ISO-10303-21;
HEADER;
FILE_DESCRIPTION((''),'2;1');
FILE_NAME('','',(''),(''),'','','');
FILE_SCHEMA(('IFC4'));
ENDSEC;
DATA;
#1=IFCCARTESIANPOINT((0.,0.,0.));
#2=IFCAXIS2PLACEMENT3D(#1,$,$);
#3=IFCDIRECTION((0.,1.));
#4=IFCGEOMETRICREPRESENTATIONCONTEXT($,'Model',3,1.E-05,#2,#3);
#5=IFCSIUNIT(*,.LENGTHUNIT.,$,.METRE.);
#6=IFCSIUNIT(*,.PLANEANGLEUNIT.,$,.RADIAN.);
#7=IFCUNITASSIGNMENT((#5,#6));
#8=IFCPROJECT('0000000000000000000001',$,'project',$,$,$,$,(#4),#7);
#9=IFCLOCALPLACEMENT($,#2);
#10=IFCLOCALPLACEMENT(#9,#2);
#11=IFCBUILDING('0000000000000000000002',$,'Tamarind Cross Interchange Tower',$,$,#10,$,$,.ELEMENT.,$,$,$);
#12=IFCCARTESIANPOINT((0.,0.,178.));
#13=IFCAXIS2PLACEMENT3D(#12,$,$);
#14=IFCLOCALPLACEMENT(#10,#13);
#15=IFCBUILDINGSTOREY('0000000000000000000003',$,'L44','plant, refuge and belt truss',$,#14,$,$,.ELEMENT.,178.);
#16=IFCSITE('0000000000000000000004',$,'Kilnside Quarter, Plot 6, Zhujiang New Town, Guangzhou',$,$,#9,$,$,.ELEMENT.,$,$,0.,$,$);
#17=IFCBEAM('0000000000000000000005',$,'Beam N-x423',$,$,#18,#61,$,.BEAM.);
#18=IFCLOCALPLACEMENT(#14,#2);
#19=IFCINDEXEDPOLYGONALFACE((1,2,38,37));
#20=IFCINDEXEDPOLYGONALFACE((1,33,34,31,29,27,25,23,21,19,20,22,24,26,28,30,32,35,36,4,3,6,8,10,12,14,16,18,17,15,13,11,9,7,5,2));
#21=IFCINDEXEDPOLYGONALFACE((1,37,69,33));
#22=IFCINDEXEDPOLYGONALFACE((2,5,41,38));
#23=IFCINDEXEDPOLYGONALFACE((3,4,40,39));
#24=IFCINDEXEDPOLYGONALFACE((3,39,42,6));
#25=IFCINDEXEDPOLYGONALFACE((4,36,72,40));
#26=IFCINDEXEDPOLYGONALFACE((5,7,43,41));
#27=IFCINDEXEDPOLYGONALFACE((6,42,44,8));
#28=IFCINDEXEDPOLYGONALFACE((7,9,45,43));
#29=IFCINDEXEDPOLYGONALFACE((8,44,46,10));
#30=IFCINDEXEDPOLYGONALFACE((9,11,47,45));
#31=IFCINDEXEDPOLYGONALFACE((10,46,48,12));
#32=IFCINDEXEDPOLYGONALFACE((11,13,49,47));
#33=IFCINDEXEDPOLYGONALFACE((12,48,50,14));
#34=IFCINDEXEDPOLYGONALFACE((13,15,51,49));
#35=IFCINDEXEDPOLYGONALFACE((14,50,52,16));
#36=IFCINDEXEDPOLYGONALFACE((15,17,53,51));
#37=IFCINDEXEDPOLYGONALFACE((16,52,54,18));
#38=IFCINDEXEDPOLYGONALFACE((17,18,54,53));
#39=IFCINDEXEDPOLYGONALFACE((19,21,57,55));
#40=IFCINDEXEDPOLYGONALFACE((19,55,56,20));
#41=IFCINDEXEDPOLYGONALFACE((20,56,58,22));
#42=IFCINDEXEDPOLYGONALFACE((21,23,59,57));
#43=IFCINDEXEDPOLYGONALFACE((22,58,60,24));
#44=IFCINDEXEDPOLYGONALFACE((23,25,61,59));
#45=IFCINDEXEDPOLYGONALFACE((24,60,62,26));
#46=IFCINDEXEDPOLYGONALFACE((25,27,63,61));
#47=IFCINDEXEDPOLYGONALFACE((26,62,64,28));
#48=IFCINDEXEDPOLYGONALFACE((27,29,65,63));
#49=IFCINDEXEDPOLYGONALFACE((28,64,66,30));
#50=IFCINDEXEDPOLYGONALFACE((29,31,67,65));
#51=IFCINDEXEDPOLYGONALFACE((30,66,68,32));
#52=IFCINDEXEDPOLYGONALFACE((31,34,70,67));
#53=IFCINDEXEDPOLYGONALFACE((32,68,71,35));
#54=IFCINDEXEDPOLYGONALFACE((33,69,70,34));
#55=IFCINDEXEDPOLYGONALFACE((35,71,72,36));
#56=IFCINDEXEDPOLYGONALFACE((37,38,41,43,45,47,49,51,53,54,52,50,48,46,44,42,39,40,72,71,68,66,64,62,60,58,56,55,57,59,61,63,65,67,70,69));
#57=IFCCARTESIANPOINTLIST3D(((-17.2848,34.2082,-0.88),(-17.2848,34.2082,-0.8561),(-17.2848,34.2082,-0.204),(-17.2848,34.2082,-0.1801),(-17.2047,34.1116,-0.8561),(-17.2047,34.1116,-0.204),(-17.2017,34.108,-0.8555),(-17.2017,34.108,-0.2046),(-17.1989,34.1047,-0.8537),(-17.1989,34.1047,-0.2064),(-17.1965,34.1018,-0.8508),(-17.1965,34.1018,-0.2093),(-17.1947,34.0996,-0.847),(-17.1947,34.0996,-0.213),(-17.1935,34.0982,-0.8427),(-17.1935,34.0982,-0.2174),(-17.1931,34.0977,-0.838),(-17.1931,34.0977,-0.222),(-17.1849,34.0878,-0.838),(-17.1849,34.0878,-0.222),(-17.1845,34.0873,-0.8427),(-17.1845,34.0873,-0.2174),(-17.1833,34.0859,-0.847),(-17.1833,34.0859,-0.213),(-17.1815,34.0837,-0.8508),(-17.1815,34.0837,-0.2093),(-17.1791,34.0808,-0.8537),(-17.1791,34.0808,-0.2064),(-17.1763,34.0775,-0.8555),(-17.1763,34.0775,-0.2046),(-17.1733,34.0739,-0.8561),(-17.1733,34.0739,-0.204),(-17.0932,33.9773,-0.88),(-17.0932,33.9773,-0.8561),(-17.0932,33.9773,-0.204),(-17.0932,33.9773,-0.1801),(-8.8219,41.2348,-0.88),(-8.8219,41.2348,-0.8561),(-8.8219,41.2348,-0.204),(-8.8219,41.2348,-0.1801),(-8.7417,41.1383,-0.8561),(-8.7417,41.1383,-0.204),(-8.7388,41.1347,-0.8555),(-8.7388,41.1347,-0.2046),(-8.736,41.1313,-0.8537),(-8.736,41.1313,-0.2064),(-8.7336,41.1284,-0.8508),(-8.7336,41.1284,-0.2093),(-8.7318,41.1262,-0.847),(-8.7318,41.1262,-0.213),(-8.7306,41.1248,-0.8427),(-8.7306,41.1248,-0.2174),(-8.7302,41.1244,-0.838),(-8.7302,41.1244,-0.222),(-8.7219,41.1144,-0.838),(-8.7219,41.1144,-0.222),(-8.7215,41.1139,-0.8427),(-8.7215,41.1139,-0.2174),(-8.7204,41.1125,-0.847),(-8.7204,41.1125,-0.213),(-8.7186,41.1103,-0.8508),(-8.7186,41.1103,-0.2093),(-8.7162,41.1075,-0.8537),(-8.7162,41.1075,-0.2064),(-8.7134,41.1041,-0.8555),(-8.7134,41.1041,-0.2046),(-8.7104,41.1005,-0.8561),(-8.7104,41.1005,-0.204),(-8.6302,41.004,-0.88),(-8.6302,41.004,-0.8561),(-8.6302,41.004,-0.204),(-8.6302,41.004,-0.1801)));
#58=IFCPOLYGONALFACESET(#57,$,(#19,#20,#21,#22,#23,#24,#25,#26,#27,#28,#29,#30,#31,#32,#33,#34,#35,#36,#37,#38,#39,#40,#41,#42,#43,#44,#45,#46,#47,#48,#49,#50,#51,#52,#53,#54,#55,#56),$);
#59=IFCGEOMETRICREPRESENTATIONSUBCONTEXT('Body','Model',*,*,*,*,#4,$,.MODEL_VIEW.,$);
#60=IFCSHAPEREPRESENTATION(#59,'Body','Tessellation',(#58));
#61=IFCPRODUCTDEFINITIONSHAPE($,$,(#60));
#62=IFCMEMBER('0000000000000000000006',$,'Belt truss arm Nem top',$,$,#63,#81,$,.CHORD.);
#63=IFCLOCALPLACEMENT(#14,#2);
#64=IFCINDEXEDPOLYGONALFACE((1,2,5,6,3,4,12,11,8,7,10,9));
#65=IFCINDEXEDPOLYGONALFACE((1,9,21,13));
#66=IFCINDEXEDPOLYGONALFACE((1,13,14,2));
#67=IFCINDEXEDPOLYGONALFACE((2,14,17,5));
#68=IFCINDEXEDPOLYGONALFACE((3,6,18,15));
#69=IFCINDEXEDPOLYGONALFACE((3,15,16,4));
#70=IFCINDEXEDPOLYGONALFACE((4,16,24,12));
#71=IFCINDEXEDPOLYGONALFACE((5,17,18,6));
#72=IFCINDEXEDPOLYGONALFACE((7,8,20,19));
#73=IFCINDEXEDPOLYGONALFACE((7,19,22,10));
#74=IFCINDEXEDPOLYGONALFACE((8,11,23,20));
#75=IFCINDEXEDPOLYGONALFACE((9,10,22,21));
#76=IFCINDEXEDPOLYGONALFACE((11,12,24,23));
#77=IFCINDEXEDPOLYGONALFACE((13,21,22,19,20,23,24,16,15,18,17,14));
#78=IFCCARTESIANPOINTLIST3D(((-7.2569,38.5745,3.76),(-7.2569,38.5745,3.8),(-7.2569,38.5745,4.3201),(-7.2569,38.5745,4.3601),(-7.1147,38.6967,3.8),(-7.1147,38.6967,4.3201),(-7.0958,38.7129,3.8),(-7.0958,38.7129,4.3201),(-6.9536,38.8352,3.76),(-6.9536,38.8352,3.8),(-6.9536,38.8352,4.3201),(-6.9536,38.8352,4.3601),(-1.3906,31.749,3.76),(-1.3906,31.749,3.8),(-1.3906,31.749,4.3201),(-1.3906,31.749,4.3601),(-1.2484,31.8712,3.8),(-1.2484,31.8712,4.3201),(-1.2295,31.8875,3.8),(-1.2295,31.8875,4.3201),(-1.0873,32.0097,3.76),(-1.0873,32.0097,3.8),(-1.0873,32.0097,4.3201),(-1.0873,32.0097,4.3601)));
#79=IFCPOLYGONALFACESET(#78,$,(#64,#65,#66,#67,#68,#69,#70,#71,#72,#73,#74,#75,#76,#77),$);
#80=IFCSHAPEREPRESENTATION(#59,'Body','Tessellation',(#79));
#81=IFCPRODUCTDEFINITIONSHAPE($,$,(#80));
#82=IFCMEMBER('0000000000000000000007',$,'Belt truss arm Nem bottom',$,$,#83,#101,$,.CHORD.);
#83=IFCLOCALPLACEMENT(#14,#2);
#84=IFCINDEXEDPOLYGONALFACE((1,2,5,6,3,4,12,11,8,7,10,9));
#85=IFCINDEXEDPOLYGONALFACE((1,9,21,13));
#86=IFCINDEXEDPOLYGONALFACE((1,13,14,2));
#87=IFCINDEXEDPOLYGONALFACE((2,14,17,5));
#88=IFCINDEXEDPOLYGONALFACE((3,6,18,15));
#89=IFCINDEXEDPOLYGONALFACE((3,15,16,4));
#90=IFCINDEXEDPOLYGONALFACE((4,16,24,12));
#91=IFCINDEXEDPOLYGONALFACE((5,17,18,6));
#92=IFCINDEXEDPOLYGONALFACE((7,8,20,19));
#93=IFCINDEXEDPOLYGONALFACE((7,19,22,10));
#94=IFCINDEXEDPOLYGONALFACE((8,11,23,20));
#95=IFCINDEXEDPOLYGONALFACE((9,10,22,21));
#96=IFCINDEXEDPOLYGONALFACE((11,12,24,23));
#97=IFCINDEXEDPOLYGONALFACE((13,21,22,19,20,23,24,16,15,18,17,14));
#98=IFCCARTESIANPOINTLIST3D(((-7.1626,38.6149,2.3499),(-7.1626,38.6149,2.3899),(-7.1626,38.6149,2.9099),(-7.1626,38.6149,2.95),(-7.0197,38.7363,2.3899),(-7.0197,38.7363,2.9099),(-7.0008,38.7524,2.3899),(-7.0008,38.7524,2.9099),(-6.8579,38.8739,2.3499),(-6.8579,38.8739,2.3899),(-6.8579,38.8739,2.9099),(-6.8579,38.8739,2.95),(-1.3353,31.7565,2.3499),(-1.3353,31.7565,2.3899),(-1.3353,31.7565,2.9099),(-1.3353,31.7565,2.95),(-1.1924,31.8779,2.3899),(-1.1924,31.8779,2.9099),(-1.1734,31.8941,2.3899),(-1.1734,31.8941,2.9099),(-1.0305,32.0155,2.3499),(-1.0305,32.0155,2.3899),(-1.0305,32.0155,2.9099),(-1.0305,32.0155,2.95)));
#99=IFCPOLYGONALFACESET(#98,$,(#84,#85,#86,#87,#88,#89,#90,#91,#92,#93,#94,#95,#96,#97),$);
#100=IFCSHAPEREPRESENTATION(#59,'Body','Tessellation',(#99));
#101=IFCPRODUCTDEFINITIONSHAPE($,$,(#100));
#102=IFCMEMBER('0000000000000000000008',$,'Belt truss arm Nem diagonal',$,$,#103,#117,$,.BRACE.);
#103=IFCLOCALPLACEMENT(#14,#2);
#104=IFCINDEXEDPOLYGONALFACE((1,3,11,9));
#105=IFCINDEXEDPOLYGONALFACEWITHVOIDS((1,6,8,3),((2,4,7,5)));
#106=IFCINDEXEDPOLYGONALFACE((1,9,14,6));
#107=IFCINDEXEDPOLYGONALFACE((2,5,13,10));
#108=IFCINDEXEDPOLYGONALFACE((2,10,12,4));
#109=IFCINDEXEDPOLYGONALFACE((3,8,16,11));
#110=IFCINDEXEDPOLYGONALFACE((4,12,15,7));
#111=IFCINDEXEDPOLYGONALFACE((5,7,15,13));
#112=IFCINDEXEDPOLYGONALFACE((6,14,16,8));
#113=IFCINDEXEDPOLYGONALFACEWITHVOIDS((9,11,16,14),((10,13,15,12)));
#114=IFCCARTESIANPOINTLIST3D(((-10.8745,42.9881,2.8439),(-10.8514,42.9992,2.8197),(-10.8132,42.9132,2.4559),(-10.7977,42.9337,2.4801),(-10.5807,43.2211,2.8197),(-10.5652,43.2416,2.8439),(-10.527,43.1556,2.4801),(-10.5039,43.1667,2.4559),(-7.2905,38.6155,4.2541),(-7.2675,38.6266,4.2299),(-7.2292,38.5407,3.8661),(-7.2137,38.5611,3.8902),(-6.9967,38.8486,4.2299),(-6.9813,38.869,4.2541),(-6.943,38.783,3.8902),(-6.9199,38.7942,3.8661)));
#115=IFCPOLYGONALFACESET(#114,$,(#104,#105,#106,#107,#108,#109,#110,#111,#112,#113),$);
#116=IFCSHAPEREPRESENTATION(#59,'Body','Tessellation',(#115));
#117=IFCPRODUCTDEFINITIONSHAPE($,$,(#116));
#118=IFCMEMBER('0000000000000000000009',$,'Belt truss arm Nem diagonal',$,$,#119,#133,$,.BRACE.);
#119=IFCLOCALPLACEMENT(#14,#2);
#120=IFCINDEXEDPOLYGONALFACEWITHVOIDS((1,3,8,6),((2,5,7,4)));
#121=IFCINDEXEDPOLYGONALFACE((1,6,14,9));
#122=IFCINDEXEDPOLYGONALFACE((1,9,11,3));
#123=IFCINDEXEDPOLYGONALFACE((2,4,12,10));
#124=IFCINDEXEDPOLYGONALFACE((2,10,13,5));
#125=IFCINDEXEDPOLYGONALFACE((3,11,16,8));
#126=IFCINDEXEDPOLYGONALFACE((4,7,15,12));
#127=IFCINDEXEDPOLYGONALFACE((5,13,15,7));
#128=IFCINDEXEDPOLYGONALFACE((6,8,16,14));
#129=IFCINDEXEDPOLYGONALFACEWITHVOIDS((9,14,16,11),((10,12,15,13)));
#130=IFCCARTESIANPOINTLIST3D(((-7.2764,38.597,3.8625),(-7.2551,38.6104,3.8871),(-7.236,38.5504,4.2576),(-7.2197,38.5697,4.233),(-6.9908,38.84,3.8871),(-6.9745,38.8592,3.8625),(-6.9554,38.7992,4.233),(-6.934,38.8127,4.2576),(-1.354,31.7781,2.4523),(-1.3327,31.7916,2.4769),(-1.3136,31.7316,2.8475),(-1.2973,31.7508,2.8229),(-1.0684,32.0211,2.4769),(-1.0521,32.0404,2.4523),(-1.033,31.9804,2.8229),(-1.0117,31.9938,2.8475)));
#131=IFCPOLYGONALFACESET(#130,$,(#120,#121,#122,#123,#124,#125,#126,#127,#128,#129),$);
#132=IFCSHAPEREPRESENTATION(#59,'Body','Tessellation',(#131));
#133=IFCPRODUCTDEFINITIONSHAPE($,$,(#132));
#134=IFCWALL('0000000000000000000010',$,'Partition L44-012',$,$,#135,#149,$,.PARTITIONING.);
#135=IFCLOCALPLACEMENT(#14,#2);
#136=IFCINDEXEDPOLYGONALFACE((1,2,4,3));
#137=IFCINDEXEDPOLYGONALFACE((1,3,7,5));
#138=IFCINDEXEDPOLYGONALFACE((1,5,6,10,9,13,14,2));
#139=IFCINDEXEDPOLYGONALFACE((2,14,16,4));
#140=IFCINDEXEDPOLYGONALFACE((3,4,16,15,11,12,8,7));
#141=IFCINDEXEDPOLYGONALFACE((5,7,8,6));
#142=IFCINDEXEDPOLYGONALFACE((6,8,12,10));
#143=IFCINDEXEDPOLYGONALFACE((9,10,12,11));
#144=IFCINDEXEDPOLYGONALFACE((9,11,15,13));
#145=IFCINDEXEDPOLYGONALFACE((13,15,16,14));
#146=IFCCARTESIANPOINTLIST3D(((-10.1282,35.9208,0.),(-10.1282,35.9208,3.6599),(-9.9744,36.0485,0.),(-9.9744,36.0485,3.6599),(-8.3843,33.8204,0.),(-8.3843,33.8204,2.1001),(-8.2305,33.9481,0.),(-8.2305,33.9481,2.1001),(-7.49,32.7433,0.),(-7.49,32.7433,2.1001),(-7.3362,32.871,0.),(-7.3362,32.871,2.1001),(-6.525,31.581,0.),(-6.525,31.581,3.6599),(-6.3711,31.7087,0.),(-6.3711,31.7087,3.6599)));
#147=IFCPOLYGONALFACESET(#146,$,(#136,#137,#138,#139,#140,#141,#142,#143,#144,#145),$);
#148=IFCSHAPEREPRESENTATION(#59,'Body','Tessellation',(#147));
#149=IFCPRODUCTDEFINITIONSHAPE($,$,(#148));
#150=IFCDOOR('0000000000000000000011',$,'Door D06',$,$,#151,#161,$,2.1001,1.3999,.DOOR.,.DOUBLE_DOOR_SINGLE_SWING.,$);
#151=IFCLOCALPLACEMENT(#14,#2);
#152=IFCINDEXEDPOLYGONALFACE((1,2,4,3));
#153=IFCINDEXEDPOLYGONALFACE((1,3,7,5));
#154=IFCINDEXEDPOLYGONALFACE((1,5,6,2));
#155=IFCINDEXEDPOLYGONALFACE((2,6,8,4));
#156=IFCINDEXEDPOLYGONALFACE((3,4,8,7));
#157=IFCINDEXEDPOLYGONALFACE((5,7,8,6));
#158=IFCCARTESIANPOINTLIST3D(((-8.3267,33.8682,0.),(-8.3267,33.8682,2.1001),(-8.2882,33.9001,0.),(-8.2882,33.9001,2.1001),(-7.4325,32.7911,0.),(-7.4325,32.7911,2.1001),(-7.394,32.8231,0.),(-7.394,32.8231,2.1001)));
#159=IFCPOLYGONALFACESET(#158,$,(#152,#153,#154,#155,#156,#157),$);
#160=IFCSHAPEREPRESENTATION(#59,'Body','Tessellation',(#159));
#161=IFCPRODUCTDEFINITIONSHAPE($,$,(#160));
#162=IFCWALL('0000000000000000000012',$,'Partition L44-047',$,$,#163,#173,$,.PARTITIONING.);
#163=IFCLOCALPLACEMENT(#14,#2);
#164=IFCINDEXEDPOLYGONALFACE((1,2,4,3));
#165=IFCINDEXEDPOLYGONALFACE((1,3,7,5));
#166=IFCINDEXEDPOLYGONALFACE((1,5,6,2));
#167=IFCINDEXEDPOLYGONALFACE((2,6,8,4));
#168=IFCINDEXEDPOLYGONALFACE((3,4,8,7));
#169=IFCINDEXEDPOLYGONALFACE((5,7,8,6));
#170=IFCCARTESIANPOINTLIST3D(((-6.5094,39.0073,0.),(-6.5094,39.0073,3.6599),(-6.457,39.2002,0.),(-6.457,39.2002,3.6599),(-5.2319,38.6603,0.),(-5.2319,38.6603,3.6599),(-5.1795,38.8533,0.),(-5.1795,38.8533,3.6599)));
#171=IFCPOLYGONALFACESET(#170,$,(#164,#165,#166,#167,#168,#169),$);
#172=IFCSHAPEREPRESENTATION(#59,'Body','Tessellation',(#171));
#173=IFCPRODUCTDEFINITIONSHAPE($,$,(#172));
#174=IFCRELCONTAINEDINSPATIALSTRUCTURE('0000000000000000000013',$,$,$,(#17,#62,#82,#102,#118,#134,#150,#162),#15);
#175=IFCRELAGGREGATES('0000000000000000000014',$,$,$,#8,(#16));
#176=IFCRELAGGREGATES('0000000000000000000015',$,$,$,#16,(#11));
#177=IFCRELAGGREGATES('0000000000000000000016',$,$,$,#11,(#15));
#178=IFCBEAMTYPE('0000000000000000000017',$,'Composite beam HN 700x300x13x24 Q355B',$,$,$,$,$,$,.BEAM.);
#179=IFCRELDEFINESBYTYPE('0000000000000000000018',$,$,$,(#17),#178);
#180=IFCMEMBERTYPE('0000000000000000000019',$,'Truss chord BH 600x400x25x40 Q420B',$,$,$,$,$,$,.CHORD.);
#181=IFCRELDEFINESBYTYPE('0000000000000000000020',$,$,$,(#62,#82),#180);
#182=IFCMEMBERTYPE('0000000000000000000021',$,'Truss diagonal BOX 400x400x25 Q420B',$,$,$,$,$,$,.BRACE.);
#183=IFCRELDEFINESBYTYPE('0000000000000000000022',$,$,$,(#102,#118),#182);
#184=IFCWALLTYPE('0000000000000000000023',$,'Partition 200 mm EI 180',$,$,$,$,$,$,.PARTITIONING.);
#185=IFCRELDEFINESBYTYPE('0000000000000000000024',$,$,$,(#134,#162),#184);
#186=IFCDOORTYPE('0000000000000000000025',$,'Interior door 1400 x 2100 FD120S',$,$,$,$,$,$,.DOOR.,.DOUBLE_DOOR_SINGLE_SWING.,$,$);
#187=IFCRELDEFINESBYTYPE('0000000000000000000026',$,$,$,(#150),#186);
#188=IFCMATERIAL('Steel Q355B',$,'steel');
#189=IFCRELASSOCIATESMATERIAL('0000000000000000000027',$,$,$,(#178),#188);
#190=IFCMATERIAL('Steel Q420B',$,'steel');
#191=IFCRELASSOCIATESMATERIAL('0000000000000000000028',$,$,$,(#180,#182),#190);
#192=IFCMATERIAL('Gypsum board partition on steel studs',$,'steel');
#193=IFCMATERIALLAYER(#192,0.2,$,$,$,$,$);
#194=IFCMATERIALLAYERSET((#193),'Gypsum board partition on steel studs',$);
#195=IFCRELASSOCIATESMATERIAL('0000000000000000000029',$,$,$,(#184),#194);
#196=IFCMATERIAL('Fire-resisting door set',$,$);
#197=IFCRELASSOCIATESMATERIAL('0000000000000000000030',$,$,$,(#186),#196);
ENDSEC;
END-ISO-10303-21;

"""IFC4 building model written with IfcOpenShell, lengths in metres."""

from ifc_helpers import new_model, si_unit, direction, frame, frame_2d, origin, origin_2d, place, context, subcontext, project, spatial, rectangle, hollow_rectangle, i_section, extrude, material, layer, layer_set, material_profile, profile_set, type_object, element, fill, save


model = new_model("IFC4")

# Units and contexts
model_context = context("Model", 3, precision=1e-05, world=origin(), true_north=direction((0.0, 1.0)))
body_context = subcontext(model_context, "Body", "Model", "MODEL_VIEW")
ifc_project = project(units=[si_unit("LENGTHUNIT", "METRE"), si_unit("PLANEANGLEUNIT", "RADIAN")], contexts=[model_context])

# Site, building, storey
site_placement = place(None, origin())
site = spatial("IfcSite", under=ifc_project, at=site_placement, Name="Kilnside Quarter, Plot 6, Zhujiang New Town, Guangzhou", CompositionType="ELEMENT", RefElevation=0.0)
building_placement = place(site_placement, origin())
building = spatial("IfcBuilding", under=site, at=building_placement, Name="Tamarind Cross Interchange Tower", CompositionType="ELEMENT")
storey_placement = place(building_placement, frame((0.0, 0.0, 178.0)))
storey = spatial("IfcBuildingStorey", under=building, at=storey_placement, Name="L44", Description="plant, refuge and belt truss", CompositionType="ELEMENT", Elevation=178.0)

# Beam
ifc_material_1 = material(Name="Steel Q355B", Category="steel")
ifc_material_profile_1 = material_profile(ifc_material_1, i_section(OverallWidth=0.3, OverallDepth=0.7, WebThickness=0.0129, FlangeThickness=0.0239, FilletRadius=0.0181, at=origin_2d()), Name="HN 700x300x13x24")
ifc_profile_set_1 = profile_set([ifc_material_profile_1], Name="Steel Q355B")
beam_type_1 = type_object("IfcBeamType", Name="Composite beam HN 700x300x13x24 Q355B", PredefinedType="BEAM", material=ifc_profile_set_1)
beam_1_placement = place(storey_placement, frame((-8.7261, 41.1194, -0.53), z_axis=(-0.769373, -0.638799, 0.0), x_axis=(0.638799, -0.769373, 0.0)))
element("IfcBeam", 1, at=beam_1_placement, inside=storey, type_object=beam_type_1, Name="Beam N-x423", PredefinedType="BEAM", context=body_context, shape_type="SweptSolid", body=[
    extrude(i_section(OverallWidth=0.3, OverallDepth=0.7, WebThickness=0.0129, FlangeThickness=0.0239, FilletRadius=0.0181, at=origin_2d()), origin(), (0.0, 0.0, 1.0), 10.9998),
])

# Members
ifc_material_2 = material(Name="Steel Q420B", Category="steel")
ifc_material_profile_2 = material_profile(ifc_material_2, i_section(OverallWidth=0.3999, OverallDepth=0.6001, WebThickness=0.0249, FlangeThickness=0.04, at=origin_2d()), Name="BH 600x400x25x40")
ifc_profile_set_2 = profile_set([ifc_material_profile_2], Name="Steel Q420B")
member_type_1 = type_object("IfcMemberType", Name="Truss chord BH 600x400x25x40 Q420B", PredefinedType="CHORD", material=ifc_profile_set_2)
member_1_placement = place(storey_placement, frame((-7.1052, 38.7048, 4.0601), z_axis=(0.651805, -0.758387, 0.0), x_axis=(0.758387, 0.651805, 0.0)))
element("IfcMember", 2, at=member_1_placement, inside=storey, type_object=member_type_1, Name="Belt truss arm Nem top", PredefinedType="CHORD", context=body_context, shape_type="SweptSolid", body=[
    extrude(i_section(OverallWidth=0.3999, OverallDepth=0.6001, WebThickness=0.0249, FlangeThickness=0.04, at=origin_2d()), origin(), (0.0, 0.0, 1.0), 9.0),
])
member_2_placement = place(storey_placement, frame((-7.0103, 38.7444, 2.6499), z_axis=(0.647504, -0.762062, 0.0), x_axis=(0.762062, 0.647504, 0.0)))
element("IfcMember", 3, at=member_2_placement, inside=storey, type_object=member_type_1, Name="Belt truss arm Nem bottom", PredefinedType="CHORD", context=body_context, shape_type="SweptSolid", body=[
    extrude(i_section(OverallWidth=0.3999, OverallDepth=0.6001, WebThickness=0.0249, FlangeThickness=0.04, at=origin_2d()), origin(), (0.0, 0.0, 1.0), 8.9998),
])
ifc_material_profile_3 = material_profile(ifc_material_2, hollow_rectangle(XDim=0.3999, YDim=0.3999, WallThickness=0.0249, at=origin_2d()), Name="BOX 400x400x25")
ifc_profile_set_3 = profile_set([ifc_material_profile_3], Name="Steel Q420B")
member_type_2 = type_object("IfcMemberType", Name="Truss diagonal BOX 400x400x25 Q420B", PredefinedType="BRACE", material=ifc_profile_set_3)
member_3_placement = place(storey_placement, frame((-10.6892, 43.0774, 2.6499), z_axis=(0.615076, -0.750409, 0.242008), x_axis=(0.773399, 0.633919, 0.0)))
element("IfcMember", 4, at=member_3_placement, inside=storey, type_object=member_type_2, Name="Belt truss arm Nem diagonal", PredefinedType="BRACE", context=body_context, shape_type="SweptSolid", body=[
    extrude(hollow_rectangle(XDim=0.3999, YDim=0.3999, WallThickness=0.0249, at=origin_2d()), origin(), (0.0, 0.0, 1.0), 5.8269),
])
member_4_placement = place(storey_placement, frame((-7.1052, 38.7048, 4.0601), z_axis=(0.647883, -0.745955, -0.154266), x_axis=(0.754993, 0.655733, 0.0)))
element("IfcMember", 5, at=member_4_placement, inside=storey, type_object=member_type_2, Name="Belt truss arm Nem diagonal", PredefinedType="BRACE", context=body_context, shape_type="SweptSolid", body=[
    extrude(hollow_rectangle(XDim=0.3999, YDim=0.3999, WallThickness=0.0249, at=origin_2d()), origin(), (0.0, 0.0, 1.0), 9.1411),
])

# Wall, opening, door
ifc_material_3 = material(Name="Gypsum board partition on steel studs", Category="steel")
ifc_layer_1 = layer(ifc_material_3, 0.2)
ifc_layer_set_1 = layer_set([ifc_layer_1], Name="Gypsum board partition on steel studs")
wall_type_1 = type_object("IfcWallType", Name="Partition 200 mm EI 180", PredefinedType="PARTITIONING", material=ifc_layer_set_1)
wall_1_placement = place(storey_placement, frame((-10.0513, 35.9846, 0.0), z_axis=(0.0, 0.0, 1.0), x_axis=(0.638796, -0.769377, 0.0)))
wall_1 = element("IfcWall", 6, at=wall_1_placement, inside=storey, type_object=wall_type_1, Name="Partition L44-012", PredefinedType="PARTITIONING", context=body_context, shape_type="SweptSolid", body=[
    extrude(rectangle(XDim=5.6406, YDim=0.2, at=frame_2d((2.8203, 0.0))), origin(), (0.0, 0.0, 1.0), 3.6599),
])
opening_1_placement = place(wall_1_placement, frame((2.73, 0.0, 0.0)))
opening_1 = element("IfcOpeningElement", 7, at=opening_1_placement, cuts=wall_1, PredefinedType="OPENING", context=body_context, shape_type="SweptSolid", body=[
    extrude(rectangle(XDim=1.3999, YDim=2.1001, at=frame_2d((0.7, 1.05))), frame((0.0, 0.1099, 0.0), z_axis=(0.0, -1.0, 0.0), x_axis=(1.0, 0.0, 0.0)), (0.0, 0.0, 1.0), 0.22),
])
ifc_material_4 = material(Name="Fire-resisting door set")
door_type = type_object("IfcDoorType", Name="Interior door 1400 x 2100 FD120S", OperationType="DOUBLE_DOOR_SINGLE_SWING", PredefinedType="DOOR", material=ifc_material_4)
door_placement = place(opening_1_placement, origin())
door = element("IfcDoor", 8, at=door_placement, inside=storey, type_object=door_type, Name="Door D06", OperationType="DOUBLE_DOOR_SINGLE_SWING", OverallHeight=2.1001, OverallWidth=1.3999, PredefinedType="DOOR", context=body_context, shape_type="SweptSolid", body=[
    extrude(rectangle(XDim=1.3999, YDim=2.1001, at=frame_2d((0.7, 1.05))), frame((0.0, 0.0249, 0.0), z_axis=(0.0, -1.0, 0.0), x_axis=(1.0, 0.0, 0.0)), (0.0, 0.0, 1.0), 0.05),
])
fill(opening_1, door)

# Wall
wall_2_placement = place(storey_placement, frame((-6.4832, 39.1038, 0.0), z_axis=(0.0, 0.0, 1.0), x_axis=(0.96504, -0.262103, 0.0)))
element("IfcWall", 9, at=wall_2_placement, inside=storey, type_object=wall_type_1, Name="Partition L44-047", PredefinedType="PARTITIONING", context=body_context, shape_type="SweptSolid", body=[
    extrude(rectangle(XDim=1.3237, YDim=0.2, at=frame_2d((0.6619, 0.0))), origin(), (0.0, 0.0, 1.0), 3.6599),
])

save(model, "model.ifc")
